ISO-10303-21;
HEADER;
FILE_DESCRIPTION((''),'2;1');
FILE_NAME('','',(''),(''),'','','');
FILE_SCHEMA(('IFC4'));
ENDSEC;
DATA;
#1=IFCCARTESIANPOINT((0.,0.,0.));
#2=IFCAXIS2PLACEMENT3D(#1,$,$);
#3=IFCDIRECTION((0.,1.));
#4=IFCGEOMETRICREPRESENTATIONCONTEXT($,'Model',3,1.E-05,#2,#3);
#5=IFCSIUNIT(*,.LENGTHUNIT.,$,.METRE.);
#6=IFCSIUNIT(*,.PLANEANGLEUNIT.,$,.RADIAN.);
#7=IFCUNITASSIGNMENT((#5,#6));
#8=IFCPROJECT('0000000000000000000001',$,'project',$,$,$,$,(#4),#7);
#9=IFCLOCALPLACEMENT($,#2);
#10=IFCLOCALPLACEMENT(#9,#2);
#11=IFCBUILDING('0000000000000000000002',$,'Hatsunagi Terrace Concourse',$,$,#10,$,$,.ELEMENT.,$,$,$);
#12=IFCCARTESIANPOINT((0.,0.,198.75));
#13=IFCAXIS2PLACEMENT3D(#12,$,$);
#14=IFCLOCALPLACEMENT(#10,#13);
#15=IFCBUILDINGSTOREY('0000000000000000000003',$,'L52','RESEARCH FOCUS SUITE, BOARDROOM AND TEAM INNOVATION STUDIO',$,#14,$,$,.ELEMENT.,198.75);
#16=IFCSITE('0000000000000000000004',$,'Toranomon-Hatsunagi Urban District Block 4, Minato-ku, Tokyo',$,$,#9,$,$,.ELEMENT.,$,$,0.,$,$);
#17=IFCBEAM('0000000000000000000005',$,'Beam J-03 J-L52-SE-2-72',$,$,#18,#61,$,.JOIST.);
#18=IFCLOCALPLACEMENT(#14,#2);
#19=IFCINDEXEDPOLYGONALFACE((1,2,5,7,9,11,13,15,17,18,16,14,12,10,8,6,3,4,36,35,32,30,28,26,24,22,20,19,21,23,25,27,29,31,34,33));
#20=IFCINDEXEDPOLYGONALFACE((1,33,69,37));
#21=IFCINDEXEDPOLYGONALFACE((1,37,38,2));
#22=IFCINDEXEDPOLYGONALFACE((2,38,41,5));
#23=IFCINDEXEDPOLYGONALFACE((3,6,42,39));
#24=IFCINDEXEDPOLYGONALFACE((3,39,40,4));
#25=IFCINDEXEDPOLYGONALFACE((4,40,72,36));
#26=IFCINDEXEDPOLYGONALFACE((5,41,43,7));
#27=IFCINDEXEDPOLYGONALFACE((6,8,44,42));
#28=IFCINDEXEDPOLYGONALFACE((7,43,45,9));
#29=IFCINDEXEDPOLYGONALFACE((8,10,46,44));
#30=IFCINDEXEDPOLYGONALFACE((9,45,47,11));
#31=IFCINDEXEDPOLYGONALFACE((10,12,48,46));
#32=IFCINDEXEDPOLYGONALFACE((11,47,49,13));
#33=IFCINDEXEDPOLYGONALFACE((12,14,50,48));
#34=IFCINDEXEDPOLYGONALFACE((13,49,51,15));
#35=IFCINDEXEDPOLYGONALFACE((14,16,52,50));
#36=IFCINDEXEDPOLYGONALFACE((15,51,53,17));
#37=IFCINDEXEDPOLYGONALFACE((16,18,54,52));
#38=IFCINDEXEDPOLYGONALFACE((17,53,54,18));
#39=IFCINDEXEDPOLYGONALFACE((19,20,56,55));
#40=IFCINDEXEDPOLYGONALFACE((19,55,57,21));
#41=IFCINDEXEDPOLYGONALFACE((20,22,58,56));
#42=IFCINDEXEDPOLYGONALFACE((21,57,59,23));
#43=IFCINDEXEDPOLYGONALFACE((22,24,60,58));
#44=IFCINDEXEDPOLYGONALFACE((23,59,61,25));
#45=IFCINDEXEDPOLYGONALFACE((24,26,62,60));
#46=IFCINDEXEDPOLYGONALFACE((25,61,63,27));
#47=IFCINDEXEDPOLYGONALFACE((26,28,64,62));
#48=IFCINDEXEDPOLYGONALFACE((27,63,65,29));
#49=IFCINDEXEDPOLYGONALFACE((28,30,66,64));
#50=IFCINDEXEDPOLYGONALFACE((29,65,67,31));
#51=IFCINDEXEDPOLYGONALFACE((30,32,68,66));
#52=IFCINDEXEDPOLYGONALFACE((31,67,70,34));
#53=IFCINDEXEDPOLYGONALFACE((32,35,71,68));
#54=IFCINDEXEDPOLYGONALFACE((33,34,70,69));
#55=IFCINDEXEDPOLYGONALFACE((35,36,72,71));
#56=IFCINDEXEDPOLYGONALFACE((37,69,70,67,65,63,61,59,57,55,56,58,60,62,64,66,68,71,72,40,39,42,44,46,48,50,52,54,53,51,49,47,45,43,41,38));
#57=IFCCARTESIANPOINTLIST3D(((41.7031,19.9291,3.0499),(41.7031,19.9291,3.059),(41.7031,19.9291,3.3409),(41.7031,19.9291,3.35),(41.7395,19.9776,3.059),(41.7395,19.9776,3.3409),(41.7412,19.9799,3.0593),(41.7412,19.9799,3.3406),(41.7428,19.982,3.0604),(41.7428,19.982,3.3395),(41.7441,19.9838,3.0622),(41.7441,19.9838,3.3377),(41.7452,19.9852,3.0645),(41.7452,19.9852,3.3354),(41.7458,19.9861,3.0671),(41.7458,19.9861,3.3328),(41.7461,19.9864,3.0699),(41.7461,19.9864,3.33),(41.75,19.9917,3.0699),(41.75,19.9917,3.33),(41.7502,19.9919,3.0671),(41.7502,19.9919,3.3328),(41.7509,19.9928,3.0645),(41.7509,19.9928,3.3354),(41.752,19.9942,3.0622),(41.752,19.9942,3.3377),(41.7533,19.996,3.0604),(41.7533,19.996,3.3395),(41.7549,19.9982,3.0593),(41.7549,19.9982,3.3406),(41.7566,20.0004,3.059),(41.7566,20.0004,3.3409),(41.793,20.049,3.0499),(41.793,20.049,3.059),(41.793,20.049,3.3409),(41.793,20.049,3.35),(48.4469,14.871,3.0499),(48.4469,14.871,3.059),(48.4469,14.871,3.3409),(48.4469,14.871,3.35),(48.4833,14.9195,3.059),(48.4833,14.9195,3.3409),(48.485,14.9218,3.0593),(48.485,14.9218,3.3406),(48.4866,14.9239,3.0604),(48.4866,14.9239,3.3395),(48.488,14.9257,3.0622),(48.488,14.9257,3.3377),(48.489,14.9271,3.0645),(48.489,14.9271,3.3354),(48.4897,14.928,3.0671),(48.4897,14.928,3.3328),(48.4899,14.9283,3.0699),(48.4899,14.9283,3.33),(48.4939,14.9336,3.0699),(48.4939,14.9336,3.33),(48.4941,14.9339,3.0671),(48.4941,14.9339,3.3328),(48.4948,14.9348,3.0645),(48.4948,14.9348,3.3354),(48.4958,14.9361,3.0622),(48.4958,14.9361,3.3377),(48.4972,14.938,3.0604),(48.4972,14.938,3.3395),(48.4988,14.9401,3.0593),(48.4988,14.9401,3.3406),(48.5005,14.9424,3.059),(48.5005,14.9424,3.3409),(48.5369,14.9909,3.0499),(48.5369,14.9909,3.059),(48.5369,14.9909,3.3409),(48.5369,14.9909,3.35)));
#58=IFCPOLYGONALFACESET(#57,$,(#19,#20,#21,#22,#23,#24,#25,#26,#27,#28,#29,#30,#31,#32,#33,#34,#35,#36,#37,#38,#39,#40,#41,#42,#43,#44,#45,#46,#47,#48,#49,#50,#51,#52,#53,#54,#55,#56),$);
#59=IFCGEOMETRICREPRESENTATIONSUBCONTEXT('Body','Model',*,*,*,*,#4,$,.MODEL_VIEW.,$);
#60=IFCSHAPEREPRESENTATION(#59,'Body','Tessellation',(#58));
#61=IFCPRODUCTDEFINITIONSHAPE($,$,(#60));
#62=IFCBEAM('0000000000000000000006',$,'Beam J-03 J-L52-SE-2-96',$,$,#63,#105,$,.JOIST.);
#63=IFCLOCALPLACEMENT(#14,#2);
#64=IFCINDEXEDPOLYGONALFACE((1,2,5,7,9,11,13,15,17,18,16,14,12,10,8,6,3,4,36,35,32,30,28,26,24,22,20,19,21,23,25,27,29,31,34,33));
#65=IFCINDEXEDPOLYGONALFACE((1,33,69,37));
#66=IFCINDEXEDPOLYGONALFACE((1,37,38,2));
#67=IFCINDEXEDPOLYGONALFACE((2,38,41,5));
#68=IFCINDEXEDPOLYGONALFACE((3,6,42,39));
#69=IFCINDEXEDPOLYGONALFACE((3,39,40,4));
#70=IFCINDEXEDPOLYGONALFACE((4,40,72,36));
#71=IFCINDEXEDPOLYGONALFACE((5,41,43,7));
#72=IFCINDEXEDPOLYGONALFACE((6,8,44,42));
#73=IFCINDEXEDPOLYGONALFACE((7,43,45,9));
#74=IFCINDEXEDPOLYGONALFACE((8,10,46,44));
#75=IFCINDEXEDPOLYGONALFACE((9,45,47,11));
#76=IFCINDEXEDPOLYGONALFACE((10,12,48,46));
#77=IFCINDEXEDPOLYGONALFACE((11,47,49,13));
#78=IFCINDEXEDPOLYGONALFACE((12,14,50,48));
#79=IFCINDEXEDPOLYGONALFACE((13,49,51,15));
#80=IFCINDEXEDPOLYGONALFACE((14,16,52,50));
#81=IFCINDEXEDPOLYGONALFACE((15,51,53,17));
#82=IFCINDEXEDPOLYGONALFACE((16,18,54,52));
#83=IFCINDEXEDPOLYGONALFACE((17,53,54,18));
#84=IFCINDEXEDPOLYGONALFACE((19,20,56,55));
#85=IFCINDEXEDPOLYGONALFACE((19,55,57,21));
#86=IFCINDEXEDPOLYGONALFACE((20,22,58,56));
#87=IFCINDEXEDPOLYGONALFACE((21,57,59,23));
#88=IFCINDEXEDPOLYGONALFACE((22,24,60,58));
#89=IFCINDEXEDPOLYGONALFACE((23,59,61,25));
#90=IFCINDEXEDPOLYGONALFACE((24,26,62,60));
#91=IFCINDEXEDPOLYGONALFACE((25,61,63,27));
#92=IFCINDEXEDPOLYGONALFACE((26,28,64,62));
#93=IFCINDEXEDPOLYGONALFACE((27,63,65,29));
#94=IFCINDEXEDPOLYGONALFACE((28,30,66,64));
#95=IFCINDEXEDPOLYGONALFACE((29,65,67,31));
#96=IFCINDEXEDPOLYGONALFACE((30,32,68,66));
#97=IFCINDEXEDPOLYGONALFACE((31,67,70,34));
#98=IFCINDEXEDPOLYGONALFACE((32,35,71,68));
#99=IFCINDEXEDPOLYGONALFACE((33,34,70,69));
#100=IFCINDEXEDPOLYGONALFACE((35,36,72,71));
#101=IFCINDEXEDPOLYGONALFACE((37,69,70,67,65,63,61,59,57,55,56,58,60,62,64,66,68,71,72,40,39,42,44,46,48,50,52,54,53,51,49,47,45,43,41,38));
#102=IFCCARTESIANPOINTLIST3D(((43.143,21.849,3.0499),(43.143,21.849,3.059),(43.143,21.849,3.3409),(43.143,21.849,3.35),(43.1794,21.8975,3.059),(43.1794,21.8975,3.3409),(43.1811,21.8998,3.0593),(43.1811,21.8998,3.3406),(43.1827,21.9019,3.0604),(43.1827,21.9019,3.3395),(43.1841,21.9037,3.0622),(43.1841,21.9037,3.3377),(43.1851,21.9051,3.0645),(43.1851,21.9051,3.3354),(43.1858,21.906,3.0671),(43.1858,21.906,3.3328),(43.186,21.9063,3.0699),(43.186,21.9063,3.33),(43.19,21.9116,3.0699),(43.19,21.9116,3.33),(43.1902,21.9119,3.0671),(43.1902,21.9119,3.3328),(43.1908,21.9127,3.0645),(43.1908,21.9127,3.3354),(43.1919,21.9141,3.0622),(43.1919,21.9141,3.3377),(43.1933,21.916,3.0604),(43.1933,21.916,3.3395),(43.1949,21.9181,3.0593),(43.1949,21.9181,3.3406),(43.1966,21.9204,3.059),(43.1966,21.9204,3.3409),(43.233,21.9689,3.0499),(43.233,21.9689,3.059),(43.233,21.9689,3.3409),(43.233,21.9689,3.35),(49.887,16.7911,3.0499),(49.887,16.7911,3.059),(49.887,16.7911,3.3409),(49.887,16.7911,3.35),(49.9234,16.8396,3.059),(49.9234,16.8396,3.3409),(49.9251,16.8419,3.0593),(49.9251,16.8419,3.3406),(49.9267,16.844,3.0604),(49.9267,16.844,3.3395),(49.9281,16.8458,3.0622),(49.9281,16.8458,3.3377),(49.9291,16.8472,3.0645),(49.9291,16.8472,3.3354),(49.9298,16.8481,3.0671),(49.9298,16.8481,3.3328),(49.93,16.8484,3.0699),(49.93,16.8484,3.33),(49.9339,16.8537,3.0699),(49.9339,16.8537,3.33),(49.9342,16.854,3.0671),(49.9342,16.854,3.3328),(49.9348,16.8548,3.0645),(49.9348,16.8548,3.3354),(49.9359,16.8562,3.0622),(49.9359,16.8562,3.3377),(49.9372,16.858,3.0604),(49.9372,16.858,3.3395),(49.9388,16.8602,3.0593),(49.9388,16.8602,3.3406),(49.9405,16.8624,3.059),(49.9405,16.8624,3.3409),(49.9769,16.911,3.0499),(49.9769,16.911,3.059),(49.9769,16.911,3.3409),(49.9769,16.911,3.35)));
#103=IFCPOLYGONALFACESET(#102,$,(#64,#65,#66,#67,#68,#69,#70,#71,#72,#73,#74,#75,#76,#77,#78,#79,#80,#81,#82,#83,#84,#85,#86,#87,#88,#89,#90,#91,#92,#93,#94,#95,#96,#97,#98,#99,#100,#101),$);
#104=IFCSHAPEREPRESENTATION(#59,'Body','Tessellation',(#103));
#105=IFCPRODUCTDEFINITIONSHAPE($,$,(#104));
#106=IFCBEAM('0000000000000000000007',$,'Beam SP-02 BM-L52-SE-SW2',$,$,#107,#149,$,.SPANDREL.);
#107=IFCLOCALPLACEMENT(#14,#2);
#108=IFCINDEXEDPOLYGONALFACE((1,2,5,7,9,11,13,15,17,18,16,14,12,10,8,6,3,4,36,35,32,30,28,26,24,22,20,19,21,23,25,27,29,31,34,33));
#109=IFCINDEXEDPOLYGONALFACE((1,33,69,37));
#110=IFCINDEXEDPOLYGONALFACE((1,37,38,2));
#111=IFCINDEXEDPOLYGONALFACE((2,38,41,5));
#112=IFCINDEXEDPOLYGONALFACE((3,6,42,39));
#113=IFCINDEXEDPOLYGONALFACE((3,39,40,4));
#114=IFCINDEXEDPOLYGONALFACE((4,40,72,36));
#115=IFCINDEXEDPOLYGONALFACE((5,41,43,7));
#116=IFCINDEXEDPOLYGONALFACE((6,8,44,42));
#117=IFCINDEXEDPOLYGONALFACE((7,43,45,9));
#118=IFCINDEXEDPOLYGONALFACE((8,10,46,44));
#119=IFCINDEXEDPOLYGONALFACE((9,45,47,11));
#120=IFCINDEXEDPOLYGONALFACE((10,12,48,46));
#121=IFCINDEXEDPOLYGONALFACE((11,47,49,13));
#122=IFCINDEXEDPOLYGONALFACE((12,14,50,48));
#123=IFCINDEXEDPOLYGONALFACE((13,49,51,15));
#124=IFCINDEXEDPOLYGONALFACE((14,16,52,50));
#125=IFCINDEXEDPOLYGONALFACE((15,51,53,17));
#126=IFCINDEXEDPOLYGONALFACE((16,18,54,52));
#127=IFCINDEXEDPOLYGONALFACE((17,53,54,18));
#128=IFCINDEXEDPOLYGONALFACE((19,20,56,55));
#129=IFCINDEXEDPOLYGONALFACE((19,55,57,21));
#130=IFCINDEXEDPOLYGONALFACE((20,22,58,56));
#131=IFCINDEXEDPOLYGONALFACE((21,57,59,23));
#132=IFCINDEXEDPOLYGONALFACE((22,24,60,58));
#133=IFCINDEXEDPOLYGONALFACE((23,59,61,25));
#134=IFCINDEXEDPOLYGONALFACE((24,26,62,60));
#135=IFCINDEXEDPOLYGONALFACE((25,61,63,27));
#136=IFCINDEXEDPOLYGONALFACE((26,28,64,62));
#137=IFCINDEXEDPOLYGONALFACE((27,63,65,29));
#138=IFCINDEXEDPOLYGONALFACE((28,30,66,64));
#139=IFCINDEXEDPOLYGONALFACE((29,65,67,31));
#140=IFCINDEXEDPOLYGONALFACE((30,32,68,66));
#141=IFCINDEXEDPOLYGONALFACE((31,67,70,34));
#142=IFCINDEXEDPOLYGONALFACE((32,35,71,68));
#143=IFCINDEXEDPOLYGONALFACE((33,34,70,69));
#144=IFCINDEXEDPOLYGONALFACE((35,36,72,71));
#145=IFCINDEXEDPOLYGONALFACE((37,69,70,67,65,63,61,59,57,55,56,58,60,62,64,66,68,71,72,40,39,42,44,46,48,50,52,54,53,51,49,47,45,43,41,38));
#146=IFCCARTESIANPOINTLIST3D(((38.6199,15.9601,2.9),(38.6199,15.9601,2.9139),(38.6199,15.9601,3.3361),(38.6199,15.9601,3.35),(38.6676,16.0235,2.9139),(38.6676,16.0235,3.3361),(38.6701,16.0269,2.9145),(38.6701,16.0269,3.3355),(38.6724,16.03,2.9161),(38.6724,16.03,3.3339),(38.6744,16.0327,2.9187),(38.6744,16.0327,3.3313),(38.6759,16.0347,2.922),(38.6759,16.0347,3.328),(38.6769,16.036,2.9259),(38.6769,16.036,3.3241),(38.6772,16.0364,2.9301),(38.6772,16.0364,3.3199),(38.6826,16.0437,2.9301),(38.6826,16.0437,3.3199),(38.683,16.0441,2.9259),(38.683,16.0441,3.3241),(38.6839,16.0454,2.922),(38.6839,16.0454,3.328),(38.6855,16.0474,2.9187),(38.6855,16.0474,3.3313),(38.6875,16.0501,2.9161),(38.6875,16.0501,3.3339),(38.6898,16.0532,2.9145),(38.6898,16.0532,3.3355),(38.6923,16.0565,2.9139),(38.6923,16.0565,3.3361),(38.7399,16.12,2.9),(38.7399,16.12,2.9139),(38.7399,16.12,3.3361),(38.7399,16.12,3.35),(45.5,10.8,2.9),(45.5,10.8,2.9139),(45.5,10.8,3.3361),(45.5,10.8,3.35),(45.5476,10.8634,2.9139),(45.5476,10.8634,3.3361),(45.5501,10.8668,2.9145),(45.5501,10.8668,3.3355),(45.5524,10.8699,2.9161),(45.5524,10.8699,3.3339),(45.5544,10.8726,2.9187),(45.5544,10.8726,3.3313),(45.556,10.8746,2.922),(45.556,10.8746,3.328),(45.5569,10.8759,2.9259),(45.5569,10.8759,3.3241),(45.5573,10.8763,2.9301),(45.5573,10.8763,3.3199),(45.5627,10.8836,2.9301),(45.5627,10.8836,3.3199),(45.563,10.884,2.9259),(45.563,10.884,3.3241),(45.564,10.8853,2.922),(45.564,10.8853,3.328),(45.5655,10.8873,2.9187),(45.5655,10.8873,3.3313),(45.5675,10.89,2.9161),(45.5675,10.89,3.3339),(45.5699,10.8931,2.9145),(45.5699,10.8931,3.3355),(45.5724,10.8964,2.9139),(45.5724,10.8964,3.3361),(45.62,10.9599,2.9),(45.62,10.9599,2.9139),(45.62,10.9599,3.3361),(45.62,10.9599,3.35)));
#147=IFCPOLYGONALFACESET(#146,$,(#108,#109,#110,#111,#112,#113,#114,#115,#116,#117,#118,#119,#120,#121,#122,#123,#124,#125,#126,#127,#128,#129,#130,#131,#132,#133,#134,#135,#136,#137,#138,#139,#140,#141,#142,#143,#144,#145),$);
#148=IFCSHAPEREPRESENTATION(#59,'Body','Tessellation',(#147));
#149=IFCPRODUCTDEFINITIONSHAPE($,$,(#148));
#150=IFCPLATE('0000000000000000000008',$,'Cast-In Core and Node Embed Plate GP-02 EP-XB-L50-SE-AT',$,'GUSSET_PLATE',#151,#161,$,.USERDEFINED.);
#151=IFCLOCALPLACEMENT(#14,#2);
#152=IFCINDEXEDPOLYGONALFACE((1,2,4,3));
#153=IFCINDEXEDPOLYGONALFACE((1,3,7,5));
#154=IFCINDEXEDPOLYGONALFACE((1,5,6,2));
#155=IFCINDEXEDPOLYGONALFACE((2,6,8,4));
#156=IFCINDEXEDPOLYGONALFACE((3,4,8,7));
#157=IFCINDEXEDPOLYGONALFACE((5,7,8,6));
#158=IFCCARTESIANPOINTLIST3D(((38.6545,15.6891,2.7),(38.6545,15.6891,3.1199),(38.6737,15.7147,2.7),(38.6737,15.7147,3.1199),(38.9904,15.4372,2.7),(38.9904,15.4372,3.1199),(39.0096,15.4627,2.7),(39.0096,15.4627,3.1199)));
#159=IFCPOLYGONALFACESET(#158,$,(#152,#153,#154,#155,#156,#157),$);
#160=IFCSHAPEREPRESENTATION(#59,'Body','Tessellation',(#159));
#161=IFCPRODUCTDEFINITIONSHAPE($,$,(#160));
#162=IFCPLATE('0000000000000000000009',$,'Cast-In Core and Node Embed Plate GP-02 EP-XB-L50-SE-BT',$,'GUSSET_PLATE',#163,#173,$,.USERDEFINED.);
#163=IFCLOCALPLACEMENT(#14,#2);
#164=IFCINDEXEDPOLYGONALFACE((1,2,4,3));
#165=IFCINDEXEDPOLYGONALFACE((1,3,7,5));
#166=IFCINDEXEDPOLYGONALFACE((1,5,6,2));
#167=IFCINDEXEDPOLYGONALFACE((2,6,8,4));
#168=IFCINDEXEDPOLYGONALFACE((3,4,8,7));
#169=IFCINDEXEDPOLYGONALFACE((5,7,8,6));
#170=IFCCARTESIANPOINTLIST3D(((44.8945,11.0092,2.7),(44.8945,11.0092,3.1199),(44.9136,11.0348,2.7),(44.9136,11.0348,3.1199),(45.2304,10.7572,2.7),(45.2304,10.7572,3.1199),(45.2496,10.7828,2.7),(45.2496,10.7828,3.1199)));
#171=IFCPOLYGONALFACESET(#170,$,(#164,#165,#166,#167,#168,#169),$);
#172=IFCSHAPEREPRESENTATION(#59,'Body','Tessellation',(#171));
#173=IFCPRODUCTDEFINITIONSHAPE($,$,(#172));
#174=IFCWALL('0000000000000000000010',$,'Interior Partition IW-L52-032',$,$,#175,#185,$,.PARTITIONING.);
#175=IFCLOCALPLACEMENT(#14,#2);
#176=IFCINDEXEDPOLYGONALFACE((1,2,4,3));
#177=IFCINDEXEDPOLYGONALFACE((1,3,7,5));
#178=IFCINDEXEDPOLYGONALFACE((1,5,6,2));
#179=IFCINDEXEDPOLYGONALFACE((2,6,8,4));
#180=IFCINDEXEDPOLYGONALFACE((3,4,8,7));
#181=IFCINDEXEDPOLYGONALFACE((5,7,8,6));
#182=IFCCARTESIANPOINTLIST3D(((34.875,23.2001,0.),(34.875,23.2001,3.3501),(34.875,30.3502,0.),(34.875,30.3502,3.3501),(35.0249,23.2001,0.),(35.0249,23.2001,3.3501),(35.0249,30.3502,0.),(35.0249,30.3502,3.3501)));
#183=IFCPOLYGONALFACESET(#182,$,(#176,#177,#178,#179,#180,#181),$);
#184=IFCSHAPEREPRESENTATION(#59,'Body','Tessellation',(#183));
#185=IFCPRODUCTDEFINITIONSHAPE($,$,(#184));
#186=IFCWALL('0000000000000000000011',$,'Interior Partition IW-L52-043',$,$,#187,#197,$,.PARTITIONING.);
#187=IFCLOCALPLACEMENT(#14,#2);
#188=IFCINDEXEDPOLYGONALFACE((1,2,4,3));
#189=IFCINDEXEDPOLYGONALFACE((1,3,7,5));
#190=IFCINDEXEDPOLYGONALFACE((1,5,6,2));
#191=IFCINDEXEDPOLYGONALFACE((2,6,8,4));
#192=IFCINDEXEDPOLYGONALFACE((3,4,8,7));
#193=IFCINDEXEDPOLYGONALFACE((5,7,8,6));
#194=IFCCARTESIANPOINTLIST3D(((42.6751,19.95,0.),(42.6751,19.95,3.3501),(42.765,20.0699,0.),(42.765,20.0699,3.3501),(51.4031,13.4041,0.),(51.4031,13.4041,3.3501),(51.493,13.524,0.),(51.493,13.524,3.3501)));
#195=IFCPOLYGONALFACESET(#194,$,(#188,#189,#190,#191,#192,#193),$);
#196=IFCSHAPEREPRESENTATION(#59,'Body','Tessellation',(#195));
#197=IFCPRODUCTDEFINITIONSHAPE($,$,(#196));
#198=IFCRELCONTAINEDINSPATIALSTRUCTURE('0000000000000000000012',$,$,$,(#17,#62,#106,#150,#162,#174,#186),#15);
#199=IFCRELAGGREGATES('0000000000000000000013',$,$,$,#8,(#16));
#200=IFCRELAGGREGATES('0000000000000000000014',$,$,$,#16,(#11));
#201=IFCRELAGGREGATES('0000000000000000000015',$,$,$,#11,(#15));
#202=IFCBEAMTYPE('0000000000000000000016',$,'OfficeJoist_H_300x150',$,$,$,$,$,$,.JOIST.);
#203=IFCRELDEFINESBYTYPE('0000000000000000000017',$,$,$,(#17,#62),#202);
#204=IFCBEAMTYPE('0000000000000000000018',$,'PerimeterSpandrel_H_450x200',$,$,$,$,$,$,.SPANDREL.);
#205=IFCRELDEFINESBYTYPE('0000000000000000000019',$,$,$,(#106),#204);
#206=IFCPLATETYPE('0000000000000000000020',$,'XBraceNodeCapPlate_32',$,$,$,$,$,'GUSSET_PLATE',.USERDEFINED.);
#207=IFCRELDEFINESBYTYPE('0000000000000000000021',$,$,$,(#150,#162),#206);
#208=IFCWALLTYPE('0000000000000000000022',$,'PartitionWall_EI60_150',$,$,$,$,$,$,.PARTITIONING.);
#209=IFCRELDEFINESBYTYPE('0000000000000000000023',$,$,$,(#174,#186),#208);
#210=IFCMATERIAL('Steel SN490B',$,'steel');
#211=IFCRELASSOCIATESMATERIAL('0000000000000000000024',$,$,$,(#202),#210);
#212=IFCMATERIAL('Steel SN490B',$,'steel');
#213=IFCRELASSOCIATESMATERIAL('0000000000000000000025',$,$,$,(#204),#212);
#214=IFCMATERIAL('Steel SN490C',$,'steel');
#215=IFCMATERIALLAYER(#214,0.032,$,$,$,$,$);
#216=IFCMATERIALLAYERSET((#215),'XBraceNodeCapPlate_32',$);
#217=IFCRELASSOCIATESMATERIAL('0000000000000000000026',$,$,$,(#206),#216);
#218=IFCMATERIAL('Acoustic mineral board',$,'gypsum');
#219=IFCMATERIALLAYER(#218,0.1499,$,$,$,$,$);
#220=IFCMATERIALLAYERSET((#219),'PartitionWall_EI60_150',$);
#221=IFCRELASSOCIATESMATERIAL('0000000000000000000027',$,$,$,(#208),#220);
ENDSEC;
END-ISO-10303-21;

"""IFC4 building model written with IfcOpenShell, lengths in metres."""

from ifc_helpers import new_model, si_unit, direction, frame, frame_2d, origin, origin_2d, place, context, subcontext, project, spatial, rectangle, i_section, extrude, material, layer, layer_set, material_profile, profile_set, type_object, element, save


model = new_model("IFC4")

# Units and contexts
model_context = context("Model", 3, precision=1e-05, world=origin(), true_north=direction((0.0, 1.0)))
body_context = subcontext(model_context, "Body", "Model", "MODEL_VIEW")
ifc_project = project(units=[si_unit("LENGTHUNIT", "METRE"), si_unit("PLANEANGLEUNIT", "RADIAN")], contexts=[model_context])

# Site, building, storey
site_placement = place(None, origin())
site = spatial("IfcSite", under=ifc_project, at=site_placement, Name="Toranomon-Hatsunagi Urban District Block 4, Minato-ku, Tokyo", CompositionType="ELEMENT", RefElevation=0.0)
building_placement = place(site_placement, origin())
building = spatial("IfcBuilding", under=site, at=building_placement, Name="Hatsunagi Terrace Concourse", CompositionType="ELEMENT")
storey_placement = place(building_placement, frame((0.0, 0.0, 198.75)))
storey = spatial("IfcBuildingStorey", under=building, at=storey_placement, Name="L52", Description="RESEARCH FOCUS SUITE, BOARDROOM AND TEAM INNOVATION STUDIO", CompositionType="ELEMENT", Elevation=198.75)

# Beams
ifc_material_1 = material(Name="Steel SN490B", Category="steel")
ifc_material_profile_1 = material_profile(ifc_material_1, i_section(OverallWidth=0.1499, OverallDepth=0.3, WebThickness=0.0066, FlangeThickness=0.009, FilletRadius=0.011, at=origin_2d()), Name="H-300x150x6.5x9")
ifc_profile_set_1 = profile_set([ifc_material_profile_1], Name="Steel SN490B")
beam_type_1 = type_object("IfcBeamType", Name="OfficeJoist_H_300x150", PredefinedType="JOIST", material=ifc_profile_set_1)
for number, where, z_axis, x_axis, name in (
    (1, (41.748, 19.989, 3.2), (0.79999, -0.600014, 0.0), (0.600014, 0.79999, 0.0), "Beam J-03 J-L52-SE-2-72"),
    (2, (43.188, 21.9089, 3.2), (0.800003, -0.599995, 0.0), (0.599995, 0.800003, 0.0), "Beam J-03 J-L52-SE-2-96"),
):
    element("IfcBeam", number, at=place(storey_placement, frame(where, z_axis=z_axis, x_axis=x_axis)), inside=storey, type_object=beam_type_1, Name=name, PredefinedType="JOIST", context=body_context, shape_type="SweptSolid", body=[
        extrude(i_section(OverallWidth=0.1499, OverallDepth=0.3, WebThickness=0.0066, FlangeThickness=0.009, FilletRadius=0.011, at=origin_2d()), origin(), (0.0, 0.0, 1.0), 8.4299),
    ])
ifc_material_2 = material(Name="Steel SN490B", Category="steel")
ifc_material_profile_2 = material_profile(ifc_material_2, i_section(OverallWidth=0.2, OverallDepth=0.45, WebThickness=0.009, FlangeThickness=0.0139, FilletRadius=0.0161, at=origin_2d()), Name="H-450x200x9x14")
ifc_profile_set_2 = profile_set([ifc_material_profile_2], Name="Steel SN490B")
beam_type_2 = type_object("IfcBeamType", Name="PerimeterSpandrel_H_450x200", PredefinedType="SPANDREL", material=ifc_profile_set_2)
beam_1_placement = place(storey_placement, frame((38.6799, 16.04, 3.125), z_axis=(0.799997, -0.600005, 0.0), x_axis=(0.600005, 0.799997, 0.0)))
element("IfcBeam", 3, at=beam_1_placement, inside=storey, type_object=beam_type_2, Name="Beam SP-02 BM-L52-SE-SW2", PredefinedType="SPANDREL", context=body_context, shape_type="SweptSolid", body=[
    extrude(i_section(OverallWidth=0.2, OverallDepth=0.45, WebThickness=0.009, FlangeThickness=0.0139, FilletRadius=0.0161, at=origin_2d()), origin(), (0.0, 0.0, 1.0), 8.6001),
])

# Plates
ifc_material_3 = material(Name="Steel SN490C", Category="steel")
ifc_layer_1 = layer(ifc_material_3, 0.032)
ifc_layer_set_1 = layer_set([ifc_layer_1], Name="XBraceNodeCapPlate_32")
plate_type = type_object("IfcPlateType", Name="XBraceNodeCapPlate_32", ElementType="GUSSET_PLATE", PredefinedType="USERDEFINED", material=ifc_layer_set_1)
for number, where, z_axis, x_axis, name in (
    (4, (38.832, 15.5759, 2.7), (0.0, 0.0, 1.0), (0.8, -0.6, 0.0), "Cast-In Core and Node Embed Plate GP-02 EP-XB-L50-SE-AT"),
    (5, (45.072, 10.896, 2.7), (0.0, 0.0, 1.0), (0.8, -0.6, 0.0), "Cast-In Core and Node Embed Plate GP-02 EP-XB-L50-SE-BT"),
):
    element("IfcPlate", number, at=place(storey_placement, frame(where, z_axis=z_axis, x_axis=x_axis)), inside=storey, type_object=plate_type, Name=name, ObjectType="GUSSET_PLATE", PredefinedType="USERDEFINED", context=body_context, shape_type="SweptSolid", body=[
        extrude(rectangle(XDim=0.4199, YDim=0.032, at=origin_2d()), origin(), (0.0, 0.0, 1.0), 0.4199),
    ])

# Walls
ifc_material_4 = material(Name="Acoustic mineral board", Category="gypsum")
ifc_layer_2 = layer(ifc_material_4, 0.1499)
ifc_layer_set_2 = layer_set([ifc_layer_2], Name="PartitionWall_EI60_150")
wall_type_1 = type_object("IfcWallType", Name="PartitionWall_EI60_150", PredefinedType="PARTITIONING", material=ifc_layer_set_2)
wall_1_placement = place(storey_placement, frame((34.95, 23.2, 0.0), z_axis=(0.0, 0.0, 1.0), x_axis=(0.0, 1.0, 0.0)))
element("IfcWall", 6, at=wall_1_placement, inside=storey, type_object=wall_type_1, Name="Interior Partition IW-L52-032", PredefinedType="PARTITIONING", context=body_context, shape_type="SweptSolid", body=[
    extrude(rectangle(XDim=7.1501, YDim=0.1499, at=frame_2d((3.5752, 0.0))), origin(), (0.0, 0.0, 1.0), 3.3501),
])
wall_2_placement = place(storey_placement, frame((42.72, 20.01, 0.0), z_axis=(0.0, 0.0, 1.0), x_axis=(0.800005, -0.599993, 0.0)))
element("IfcWall", 7, at=wall_2_placement, inside=storey, type_object=wall_type_1, Name="Interior Partition IW-L52-043", PredefinedType="PARTITIONING", context=body_context, shape_type="SweptSolid", body=[
    extrude(rectangle(XDim=10.9099, YDim=0.1499, at=frame_2d((5.4551, 0.0))), origin(), (0.0, 0.0, 1.0), 3.3501),
])

save(model, "model.ifc")
